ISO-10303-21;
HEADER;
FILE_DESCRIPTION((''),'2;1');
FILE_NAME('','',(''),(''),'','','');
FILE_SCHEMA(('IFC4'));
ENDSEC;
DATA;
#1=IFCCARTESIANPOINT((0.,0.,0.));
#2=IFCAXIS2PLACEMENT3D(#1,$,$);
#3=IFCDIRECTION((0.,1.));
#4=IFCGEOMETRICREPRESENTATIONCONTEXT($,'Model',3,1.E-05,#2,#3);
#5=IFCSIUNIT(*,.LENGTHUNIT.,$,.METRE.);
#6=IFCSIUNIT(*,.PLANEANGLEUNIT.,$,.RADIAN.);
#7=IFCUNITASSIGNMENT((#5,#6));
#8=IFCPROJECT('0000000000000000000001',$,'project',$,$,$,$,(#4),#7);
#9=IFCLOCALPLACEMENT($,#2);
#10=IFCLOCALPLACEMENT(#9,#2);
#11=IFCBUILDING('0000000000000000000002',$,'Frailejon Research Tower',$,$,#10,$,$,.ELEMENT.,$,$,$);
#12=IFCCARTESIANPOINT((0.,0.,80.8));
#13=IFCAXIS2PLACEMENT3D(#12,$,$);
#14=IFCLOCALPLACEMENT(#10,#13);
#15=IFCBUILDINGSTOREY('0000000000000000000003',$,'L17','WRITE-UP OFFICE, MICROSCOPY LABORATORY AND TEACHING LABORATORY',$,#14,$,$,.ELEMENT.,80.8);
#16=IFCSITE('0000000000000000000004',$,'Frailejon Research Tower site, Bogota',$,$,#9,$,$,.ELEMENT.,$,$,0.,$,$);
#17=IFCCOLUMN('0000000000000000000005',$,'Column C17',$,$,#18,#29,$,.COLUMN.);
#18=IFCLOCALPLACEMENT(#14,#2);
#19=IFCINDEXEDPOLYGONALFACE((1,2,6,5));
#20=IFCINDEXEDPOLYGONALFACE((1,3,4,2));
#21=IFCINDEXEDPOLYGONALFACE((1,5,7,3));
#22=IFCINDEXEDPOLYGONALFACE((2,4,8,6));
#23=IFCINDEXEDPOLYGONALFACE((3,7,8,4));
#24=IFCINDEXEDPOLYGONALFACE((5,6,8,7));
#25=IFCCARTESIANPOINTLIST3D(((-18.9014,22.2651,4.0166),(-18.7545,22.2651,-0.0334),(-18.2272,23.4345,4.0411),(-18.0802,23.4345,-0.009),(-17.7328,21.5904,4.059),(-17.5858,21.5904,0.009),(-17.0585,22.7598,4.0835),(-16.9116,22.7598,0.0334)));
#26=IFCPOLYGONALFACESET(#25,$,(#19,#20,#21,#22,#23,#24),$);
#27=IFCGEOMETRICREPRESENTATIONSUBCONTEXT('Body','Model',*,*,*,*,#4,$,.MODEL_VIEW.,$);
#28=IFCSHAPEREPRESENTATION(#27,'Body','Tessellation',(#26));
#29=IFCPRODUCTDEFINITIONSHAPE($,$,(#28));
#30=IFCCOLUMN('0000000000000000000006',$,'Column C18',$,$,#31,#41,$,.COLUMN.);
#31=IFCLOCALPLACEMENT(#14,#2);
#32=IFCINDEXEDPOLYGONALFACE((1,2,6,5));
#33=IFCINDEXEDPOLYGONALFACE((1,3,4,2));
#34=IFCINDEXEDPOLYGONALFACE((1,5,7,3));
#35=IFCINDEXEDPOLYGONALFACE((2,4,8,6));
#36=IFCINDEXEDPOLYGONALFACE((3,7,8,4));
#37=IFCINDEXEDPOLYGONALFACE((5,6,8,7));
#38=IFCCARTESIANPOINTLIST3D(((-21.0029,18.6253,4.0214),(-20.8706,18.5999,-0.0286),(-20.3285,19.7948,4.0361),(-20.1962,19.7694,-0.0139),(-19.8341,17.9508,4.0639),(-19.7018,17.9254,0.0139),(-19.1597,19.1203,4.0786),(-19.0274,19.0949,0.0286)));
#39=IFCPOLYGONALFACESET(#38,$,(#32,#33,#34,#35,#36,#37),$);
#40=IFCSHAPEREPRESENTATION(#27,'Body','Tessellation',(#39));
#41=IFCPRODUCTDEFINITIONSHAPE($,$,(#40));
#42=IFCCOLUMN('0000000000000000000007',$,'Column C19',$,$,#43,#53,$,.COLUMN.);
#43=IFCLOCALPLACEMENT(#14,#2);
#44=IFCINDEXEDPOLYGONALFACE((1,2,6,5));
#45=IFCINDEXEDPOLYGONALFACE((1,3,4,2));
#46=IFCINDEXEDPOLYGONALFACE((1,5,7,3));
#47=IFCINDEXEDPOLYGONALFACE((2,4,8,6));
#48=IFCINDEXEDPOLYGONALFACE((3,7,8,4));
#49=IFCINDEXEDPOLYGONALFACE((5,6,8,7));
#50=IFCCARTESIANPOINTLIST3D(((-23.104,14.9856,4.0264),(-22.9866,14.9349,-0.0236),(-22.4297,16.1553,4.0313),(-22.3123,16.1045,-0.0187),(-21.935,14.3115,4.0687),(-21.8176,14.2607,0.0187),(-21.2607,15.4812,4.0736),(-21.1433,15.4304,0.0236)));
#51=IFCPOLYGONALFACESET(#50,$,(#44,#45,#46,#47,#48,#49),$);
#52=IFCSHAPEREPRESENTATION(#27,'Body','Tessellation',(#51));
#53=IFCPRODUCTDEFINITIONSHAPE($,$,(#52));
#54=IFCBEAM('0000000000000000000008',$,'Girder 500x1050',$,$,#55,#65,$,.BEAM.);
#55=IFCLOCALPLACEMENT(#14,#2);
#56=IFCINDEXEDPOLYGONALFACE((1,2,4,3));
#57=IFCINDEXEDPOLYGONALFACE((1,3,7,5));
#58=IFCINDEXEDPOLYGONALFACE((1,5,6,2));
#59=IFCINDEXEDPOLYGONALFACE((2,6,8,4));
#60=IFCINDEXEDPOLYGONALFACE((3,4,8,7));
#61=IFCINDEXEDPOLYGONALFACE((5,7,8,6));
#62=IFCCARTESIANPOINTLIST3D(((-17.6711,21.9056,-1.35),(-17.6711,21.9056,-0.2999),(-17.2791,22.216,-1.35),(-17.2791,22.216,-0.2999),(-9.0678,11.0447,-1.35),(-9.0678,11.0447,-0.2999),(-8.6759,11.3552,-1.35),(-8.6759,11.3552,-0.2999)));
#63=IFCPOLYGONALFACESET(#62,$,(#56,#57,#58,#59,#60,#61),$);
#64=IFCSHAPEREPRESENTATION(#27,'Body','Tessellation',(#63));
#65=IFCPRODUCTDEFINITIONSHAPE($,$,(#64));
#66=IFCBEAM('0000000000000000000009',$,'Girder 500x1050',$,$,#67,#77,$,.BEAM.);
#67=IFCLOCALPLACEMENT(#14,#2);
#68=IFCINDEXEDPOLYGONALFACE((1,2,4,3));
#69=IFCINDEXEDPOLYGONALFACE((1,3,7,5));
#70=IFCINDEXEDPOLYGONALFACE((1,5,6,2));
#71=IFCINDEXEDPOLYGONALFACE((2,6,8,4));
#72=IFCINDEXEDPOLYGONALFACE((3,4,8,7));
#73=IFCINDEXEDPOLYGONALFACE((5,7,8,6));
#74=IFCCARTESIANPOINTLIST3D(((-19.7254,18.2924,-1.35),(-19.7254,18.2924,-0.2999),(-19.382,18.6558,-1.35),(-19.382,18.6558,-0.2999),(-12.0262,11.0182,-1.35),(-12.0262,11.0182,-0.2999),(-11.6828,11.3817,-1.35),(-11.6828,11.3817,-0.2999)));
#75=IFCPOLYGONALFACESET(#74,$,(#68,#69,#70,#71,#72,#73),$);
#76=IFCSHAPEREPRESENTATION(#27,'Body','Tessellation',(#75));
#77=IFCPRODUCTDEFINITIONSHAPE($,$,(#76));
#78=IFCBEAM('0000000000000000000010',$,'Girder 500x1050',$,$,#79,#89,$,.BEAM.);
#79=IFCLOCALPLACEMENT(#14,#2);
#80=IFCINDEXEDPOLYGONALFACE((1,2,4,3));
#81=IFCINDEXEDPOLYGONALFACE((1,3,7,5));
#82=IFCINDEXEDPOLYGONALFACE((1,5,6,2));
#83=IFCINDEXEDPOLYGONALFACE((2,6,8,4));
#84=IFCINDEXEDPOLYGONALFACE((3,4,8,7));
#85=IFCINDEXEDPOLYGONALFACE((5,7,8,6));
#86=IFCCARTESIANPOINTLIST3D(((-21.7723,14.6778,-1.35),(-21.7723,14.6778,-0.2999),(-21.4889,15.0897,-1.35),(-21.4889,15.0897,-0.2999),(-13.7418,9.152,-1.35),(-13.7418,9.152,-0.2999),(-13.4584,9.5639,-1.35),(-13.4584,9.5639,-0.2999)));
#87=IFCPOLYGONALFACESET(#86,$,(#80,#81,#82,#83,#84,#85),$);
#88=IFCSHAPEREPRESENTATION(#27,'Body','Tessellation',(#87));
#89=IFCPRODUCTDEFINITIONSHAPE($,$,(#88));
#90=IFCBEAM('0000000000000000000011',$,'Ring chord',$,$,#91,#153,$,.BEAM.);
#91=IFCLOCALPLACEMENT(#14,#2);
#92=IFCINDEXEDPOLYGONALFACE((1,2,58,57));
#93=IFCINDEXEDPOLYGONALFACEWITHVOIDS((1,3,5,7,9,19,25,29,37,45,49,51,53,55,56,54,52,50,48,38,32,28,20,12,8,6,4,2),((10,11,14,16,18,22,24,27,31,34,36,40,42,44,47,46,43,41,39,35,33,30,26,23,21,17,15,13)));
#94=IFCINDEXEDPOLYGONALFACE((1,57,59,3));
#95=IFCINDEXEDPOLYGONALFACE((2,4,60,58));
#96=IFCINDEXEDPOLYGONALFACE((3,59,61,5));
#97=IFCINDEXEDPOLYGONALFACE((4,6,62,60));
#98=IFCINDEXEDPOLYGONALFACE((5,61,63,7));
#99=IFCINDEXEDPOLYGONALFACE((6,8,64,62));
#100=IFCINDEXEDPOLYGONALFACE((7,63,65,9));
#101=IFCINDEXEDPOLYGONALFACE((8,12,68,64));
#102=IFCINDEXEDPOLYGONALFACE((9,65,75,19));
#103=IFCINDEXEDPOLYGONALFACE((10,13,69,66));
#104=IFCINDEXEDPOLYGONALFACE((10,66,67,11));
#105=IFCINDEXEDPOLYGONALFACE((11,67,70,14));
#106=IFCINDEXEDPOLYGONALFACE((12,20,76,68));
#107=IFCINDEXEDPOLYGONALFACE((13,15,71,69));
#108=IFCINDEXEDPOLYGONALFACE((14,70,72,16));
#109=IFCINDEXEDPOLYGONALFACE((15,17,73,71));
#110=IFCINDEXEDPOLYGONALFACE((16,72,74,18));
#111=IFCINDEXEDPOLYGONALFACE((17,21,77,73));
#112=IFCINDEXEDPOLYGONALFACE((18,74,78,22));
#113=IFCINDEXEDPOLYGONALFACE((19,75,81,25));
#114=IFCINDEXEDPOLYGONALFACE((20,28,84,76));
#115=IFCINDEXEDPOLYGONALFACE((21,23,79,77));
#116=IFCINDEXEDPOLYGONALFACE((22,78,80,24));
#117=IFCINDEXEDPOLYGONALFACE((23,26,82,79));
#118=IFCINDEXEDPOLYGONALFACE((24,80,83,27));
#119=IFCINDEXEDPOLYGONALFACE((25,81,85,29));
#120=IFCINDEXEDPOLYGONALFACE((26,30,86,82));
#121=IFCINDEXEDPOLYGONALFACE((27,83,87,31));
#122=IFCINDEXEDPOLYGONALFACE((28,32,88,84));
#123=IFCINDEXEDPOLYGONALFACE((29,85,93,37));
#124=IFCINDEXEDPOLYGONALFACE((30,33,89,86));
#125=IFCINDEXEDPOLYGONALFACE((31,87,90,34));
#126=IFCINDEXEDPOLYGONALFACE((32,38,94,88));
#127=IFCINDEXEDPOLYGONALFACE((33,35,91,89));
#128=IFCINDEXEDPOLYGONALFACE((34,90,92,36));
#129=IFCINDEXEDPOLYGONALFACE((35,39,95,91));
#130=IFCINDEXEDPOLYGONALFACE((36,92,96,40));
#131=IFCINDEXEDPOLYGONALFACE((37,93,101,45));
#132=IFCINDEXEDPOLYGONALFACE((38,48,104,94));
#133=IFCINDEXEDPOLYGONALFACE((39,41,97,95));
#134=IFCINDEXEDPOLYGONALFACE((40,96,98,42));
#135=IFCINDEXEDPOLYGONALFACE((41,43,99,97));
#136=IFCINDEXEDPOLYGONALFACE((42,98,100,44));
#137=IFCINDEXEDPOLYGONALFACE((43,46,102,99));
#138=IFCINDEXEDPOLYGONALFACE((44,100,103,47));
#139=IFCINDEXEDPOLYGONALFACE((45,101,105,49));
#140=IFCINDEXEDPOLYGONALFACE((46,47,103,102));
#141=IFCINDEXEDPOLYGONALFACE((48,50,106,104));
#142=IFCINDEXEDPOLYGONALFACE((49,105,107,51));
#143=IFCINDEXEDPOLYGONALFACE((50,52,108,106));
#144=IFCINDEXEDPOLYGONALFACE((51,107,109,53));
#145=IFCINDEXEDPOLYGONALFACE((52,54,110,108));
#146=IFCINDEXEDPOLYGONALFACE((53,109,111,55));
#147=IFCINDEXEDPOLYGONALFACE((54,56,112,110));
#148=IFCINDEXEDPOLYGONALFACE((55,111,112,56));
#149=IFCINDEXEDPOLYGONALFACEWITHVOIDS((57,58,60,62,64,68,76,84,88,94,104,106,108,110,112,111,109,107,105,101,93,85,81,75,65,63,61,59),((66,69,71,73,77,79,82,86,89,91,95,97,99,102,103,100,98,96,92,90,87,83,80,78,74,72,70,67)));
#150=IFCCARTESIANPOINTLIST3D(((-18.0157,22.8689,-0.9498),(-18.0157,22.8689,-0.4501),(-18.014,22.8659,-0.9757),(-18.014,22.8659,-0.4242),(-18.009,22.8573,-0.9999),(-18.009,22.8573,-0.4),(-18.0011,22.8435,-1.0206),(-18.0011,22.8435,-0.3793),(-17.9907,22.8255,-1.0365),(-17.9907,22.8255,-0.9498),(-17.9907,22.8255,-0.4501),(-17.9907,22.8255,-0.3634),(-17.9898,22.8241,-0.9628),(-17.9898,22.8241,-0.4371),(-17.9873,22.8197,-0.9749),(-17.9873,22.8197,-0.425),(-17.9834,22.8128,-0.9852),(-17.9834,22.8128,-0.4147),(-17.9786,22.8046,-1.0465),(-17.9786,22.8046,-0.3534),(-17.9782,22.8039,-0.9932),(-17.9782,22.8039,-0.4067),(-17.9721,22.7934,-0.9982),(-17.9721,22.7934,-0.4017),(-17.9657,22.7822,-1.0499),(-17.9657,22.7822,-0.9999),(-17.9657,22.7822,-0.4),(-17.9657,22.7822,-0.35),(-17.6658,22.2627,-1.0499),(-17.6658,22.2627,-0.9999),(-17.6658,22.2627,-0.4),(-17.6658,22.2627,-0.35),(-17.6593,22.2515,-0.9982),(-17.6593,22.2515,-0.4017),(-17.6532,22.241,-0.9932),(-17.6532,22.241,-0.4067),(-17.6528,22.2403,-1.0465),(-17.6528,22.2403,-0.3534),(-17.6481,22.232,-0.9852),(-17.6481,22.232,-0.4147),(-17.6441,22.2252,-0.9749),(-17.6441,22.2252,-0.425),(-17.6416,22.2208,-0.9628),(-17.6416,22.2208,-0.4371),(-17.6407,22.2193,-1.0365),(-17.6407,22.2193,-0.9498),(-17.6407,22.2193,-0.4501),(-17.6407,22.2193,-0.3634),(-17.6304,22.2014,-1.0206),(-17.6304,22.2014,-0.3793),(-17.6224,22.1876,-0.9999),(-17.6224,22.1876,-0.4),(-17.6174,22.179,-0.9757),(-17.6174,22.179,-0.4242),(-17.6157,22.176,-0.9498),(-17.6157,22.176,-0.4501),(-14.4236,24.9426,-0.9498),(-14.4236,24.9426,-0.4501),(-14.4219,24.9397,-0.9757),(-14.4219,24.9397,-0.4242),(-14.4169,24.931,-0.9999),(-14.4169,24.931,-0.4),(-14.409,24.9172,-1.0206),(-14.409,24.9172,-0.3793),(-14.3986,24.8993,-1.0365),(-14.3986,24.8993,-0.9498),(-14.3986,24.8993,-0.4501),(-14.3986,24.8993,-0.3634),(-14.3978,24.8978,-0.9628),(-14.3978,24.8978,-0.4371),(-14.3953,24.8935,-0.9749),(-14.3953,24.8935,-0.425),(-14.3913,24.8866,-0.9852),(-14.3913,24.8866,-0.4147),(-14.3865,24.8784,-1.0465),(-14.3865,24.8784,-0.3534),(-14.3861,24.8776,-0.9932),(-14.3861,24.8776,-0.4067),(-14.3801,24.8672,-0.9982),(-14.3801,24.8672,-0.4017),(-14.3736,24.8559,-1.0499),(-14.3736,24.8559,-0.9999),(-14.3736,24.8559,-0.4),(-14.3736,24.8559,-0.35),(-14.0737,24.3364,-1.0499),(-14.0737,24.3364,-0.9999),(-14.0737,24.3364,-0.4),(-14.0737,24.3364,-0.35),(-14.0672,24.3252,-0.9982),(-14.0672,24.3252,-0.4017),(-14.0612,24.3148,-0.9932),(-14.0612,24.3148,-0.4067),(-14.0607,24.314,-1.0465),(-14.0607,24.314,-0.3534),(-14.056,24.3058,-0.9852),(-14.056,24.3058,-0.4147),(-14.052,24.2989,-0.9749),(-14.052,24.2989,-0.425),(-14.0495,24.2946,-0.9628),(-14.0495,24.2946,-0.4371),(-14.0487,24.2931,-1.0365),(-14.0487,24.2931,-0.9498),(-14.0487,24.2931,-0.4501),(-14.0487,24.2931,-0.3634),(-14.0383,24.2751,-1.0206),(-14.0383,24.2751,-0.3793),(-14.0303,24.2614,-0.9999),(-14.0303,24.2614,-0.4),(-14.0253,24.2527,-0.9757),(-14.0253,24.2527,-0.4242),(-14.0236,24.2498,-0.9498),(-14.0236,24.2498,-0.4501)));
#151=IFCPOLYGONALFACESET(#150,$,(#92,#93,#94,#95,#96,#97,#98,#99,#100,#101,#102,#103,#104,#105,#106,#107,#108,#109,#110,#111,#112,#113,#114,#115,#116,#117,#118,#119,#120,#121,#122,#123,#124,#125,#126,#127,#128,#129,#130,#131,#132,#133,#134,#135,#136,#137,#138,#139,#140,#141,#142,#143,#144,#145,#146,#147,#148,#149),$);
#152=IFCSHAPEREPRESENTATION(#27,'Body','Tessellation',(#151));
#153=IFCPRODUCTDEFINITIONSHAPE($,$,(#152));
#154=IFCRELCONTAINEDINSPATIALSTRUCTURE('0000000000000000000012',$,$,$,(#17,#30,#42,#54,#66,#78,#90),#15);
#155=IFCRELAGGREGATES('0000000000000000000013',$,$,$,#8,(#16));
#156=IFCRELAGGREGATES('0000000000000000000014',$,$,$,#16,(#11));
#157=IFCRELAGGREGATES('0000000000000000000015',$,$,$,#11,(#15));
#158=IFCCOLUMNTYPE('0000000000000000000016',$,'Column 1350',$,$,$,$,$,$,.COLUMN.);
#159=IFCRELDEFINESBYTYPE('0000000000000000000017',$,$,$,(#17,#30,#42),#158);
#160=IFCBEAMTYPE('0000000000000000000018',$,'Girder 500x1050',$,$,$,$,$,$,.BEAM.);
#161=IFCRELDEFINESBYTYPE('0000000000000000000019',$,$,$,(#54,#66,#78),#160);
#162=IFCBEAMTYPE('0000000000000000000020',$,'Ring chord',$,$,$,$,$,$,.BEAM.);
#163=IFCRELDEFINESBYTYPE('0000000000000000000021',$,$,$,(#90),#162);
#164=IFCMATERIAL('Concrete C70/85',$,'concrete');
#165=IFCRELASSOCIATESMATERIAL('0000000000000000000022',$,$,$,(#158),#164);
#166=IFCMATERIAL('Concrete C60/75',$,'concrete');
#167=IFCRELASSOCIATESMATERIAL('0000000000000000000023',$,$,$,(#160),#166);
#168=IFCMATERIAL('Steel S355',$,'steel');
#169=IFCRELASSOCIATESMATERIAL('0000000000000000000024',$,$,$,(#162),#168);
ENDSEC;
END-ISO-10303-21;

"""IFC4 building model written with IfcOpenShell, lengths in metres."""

from ifc_helpers import new_model, si_unit, direction, frame, origin, origin_2d, place, context, subcontext, project, spatial, rectangle, hollow_rectangle, extrude, material, material_profile, profile_set, type_object, element, save


model = new_model("IFC4")

# Units and contexts
model_context = context("Model", 3, precision=1e-05, world=origin(), true_north=direction((0.0, 1.0)))
body_context = subcontext(model_context, "Body", "Model", "MODEL_VIEW")
ifc_project = project(units=[si_unit("LENGTHUNIT", "METRE"), si_unit("PLANEANGLEUNIT", "RADIAN")], contexts=[model_context])

# Site, building, storey
site_placement = place(None, origin())
site = spatial("IfcSite", under=ifc_project, at=site_placement, Name="Frailejon Research Tower site, Bogota", CompositionType="ELEMENT", RefElevation=0.0)
building_placement = place(site_placement, origin())
building = spatial("IfcBuilding", under=site, at=building_placement, Name="Frailejon Research Tower", CompositionType="ELEMENT")
storey_placement = place(building_placement, frame((0.0, 0.0, 80.8)))
storey = spatial("IfcBuildingStorey", under=building, at=storey_placement, Name="L17", Description="WRITE-UP OFFICE, MICROSCOPY LABORATORY AND TEACHING LABORATORY", CompositionType="ELEMENT", Elevation=80.8)

# Columns
ifc_material_1 = material(Name="Concrete C70/85", Category="concrete")
ifc_material_profile_1 = material_profile(ifc_material_1, rectangle(XDim=1.3501, YDim=1.3501, at=origin_2d()), Name="Column 1350")
ifc_profile_set_1 = profile_set([ifc_material_profile_1], Name="Concrete C70/85")
column_type = type_object("IfcColumnType", Name="Column 1350", PredefinedType="COLUMN", material=ifc_profile_set_1)
column_1_placement = place(storey_placement, frame((-17.833, 22.5125, 0.0), z_axis=(-0.036265, 0.0, 0.999342), x_axis=(-0.499425, -0.866168, -0.018124)))
element("IfcColumn", 1, at=column_1_placement, inside=storey, type_object=column_type, Name="Column C17", PredefinedType="COLUMN", context=body_context, shape_type="SweptSolid", body=[
    extrude(rectangle(XDim=1.3501, YDim=1.3501, at=origin_2d()), origin(), (0.0, 0.0, 1.0), 4.0527),
])
column_2_placement = place(storey_placement, frame((-19.949, 18.8474, 0.0), z_axis=(-0.032654, 0.006266, 0.999447), x_axis=(-0.49952, -0.866234, -0.01089)))
element("IfcColumn", 2, at=column_2_placement, inside=storey, type_object=column_type, Name="Column C18", PredefinedType="COLUMN", context=body_context, shape_type="SweptSolid", body=[
    extrude(rectangle(XDim=1.3501, YDim=1.3501, at=origin_2d()), origin(), (0.0, 0.0, 1.0), 4.0522),
])
column_3_placement = place(storey_placement, frame((-22.0649, 15.1826, 0.0), z_axis=(-0.028981, 0.012532, 0.999501), x_axis=(-0.49945, -0.866335, -0.003619)))
element("IfcColumn", 3, at=column_3_placement, inside=storey, type_object=column_type, Name="Column C19", PredefinedType="COLUMN", context=body_context, shape_type="SweptSolid", body=[
    extrude(rectangle(XDim=1.3501, YDim=1.3501, at=origin_2d()), origin(), (0.0, 0.0, 1.0), 4.052),
])

# Beams
ifc_material_2 = material(Name="Concrete C60/75", Category="concrete")
ifc_material_profile_2 = material_profile(ifc_material_2, rectangle(XDim=0.5, YDim=1.05, at=origin_2d()), Name="Girder 500x1050")
ifc_profile_set_2 = profile_set([ifc_material_profile_2], Name="Concrete C60/75")
beam_type_1 = type_object("IfcBeamType", Name="Girder 500x1050", PredefinedType="BEAM", material=ifc_profile_set_2)
beam_1_placement = place(storey_placement, frame((-17.4751, 22.0608, -0.825), z_axis=(0.620929, -0.783866, 0.0), x_axis=(0.783866, 0.620929, 0.0)))
element("IfcBeam", 4, at=beam_1_placement, inside=storey, type_object=beam_type_1, Name="Girder 500x1050", PredefinedType="BEAM", context=body_context, shape_type="SweptSolid", body=[
    extrude(rectangle(XDim=0.5, YDim=1.05, at=origin_2d()), origin(), (0.0, 0.0, 1.0), 13.8555),
])
beam_2_placement = place(storey_placement, frame((-19.5537, 18.4741, -0.825), z_axis=(0.726887, -0.686758, 0.0), x_axis=(0.686758, 0.726887, 0.0)))
element("IfcBeam", 5, at=beam_2_placement, inside=storey, type_object=beam_type_1, Name="Girder 500x1050", PredefinedType="BEAM", context=body_context, shape_type="SweptSolid", body=[
    extrude(rectangle(XDim=0.5, YDim=1.05, at=origin_2d()), origin(), (0.0, 0.0, 1.0), 10.592),
])
beam_3_placement = place(storey_placement, frame((-21.6306, 14.8838, -0.825), z_axis=(0.823807, -0.56687, 0.0), x_axis=(0.56687, 0.823807, 0.0)))
element("IfcBeam", 6, at=beam_3_placement, inside=storey, type_object=beam_type_1, Name="Girder 500x1050", PredefinedType="BEAM", context=body_context, shape_type="SweptSolid", body=[
    extrude(rectangle(XDim=0.5, YDim=1.05, at=origin_2d()), origin(), (0.0, 0.0, 1.0), 9.748),
])
ifc_material_3 = material(Name="Steel S355", Category="steel")
ifc_material_profile_3 = material_profile(ifc_material_3, hollow_rectangle(XDim=0.8, YDim=0.7, WallThickness=0.05, InnerFilletRadius=0.05, OuterFilletRadius=0.1001, at=origin_2d()), Name="Ring chord")
ifc_profile_set_3 = profile_set([ifc_material_profile_3], Name="Steel S355")
beam_type_2 = type_object("IfcBeamType", Name="Ring chord", PredefinedType="BEAM", material=ifc_profile_set_3)
beam_4_placement = place(storey_placement, frame((-14.2236, 24.5962, -0.7), z_axis=(-0.86604, -0.499976, 0.0), x_axis=(0.499976, -0.86604, 0.0)))
element("IfcBeam", 7, at=beam_4_placement, inside=storey, type_object=beam_type_2, Name="Ring chord", PredefinedType="BEAM", context=body_context, shape_type="SweptSolid", body=[
    extrude(hollow_rectangle(XDim=0.8, YDim=0.7, WallThickness=0.05, InnerFilletRadius=0.05, OuterFilletRadius=0.1001, at=origin_2d()), origin(), (0.0, 0.0, 1.0), 4.1477),
])

save(model, "model.ifc")
